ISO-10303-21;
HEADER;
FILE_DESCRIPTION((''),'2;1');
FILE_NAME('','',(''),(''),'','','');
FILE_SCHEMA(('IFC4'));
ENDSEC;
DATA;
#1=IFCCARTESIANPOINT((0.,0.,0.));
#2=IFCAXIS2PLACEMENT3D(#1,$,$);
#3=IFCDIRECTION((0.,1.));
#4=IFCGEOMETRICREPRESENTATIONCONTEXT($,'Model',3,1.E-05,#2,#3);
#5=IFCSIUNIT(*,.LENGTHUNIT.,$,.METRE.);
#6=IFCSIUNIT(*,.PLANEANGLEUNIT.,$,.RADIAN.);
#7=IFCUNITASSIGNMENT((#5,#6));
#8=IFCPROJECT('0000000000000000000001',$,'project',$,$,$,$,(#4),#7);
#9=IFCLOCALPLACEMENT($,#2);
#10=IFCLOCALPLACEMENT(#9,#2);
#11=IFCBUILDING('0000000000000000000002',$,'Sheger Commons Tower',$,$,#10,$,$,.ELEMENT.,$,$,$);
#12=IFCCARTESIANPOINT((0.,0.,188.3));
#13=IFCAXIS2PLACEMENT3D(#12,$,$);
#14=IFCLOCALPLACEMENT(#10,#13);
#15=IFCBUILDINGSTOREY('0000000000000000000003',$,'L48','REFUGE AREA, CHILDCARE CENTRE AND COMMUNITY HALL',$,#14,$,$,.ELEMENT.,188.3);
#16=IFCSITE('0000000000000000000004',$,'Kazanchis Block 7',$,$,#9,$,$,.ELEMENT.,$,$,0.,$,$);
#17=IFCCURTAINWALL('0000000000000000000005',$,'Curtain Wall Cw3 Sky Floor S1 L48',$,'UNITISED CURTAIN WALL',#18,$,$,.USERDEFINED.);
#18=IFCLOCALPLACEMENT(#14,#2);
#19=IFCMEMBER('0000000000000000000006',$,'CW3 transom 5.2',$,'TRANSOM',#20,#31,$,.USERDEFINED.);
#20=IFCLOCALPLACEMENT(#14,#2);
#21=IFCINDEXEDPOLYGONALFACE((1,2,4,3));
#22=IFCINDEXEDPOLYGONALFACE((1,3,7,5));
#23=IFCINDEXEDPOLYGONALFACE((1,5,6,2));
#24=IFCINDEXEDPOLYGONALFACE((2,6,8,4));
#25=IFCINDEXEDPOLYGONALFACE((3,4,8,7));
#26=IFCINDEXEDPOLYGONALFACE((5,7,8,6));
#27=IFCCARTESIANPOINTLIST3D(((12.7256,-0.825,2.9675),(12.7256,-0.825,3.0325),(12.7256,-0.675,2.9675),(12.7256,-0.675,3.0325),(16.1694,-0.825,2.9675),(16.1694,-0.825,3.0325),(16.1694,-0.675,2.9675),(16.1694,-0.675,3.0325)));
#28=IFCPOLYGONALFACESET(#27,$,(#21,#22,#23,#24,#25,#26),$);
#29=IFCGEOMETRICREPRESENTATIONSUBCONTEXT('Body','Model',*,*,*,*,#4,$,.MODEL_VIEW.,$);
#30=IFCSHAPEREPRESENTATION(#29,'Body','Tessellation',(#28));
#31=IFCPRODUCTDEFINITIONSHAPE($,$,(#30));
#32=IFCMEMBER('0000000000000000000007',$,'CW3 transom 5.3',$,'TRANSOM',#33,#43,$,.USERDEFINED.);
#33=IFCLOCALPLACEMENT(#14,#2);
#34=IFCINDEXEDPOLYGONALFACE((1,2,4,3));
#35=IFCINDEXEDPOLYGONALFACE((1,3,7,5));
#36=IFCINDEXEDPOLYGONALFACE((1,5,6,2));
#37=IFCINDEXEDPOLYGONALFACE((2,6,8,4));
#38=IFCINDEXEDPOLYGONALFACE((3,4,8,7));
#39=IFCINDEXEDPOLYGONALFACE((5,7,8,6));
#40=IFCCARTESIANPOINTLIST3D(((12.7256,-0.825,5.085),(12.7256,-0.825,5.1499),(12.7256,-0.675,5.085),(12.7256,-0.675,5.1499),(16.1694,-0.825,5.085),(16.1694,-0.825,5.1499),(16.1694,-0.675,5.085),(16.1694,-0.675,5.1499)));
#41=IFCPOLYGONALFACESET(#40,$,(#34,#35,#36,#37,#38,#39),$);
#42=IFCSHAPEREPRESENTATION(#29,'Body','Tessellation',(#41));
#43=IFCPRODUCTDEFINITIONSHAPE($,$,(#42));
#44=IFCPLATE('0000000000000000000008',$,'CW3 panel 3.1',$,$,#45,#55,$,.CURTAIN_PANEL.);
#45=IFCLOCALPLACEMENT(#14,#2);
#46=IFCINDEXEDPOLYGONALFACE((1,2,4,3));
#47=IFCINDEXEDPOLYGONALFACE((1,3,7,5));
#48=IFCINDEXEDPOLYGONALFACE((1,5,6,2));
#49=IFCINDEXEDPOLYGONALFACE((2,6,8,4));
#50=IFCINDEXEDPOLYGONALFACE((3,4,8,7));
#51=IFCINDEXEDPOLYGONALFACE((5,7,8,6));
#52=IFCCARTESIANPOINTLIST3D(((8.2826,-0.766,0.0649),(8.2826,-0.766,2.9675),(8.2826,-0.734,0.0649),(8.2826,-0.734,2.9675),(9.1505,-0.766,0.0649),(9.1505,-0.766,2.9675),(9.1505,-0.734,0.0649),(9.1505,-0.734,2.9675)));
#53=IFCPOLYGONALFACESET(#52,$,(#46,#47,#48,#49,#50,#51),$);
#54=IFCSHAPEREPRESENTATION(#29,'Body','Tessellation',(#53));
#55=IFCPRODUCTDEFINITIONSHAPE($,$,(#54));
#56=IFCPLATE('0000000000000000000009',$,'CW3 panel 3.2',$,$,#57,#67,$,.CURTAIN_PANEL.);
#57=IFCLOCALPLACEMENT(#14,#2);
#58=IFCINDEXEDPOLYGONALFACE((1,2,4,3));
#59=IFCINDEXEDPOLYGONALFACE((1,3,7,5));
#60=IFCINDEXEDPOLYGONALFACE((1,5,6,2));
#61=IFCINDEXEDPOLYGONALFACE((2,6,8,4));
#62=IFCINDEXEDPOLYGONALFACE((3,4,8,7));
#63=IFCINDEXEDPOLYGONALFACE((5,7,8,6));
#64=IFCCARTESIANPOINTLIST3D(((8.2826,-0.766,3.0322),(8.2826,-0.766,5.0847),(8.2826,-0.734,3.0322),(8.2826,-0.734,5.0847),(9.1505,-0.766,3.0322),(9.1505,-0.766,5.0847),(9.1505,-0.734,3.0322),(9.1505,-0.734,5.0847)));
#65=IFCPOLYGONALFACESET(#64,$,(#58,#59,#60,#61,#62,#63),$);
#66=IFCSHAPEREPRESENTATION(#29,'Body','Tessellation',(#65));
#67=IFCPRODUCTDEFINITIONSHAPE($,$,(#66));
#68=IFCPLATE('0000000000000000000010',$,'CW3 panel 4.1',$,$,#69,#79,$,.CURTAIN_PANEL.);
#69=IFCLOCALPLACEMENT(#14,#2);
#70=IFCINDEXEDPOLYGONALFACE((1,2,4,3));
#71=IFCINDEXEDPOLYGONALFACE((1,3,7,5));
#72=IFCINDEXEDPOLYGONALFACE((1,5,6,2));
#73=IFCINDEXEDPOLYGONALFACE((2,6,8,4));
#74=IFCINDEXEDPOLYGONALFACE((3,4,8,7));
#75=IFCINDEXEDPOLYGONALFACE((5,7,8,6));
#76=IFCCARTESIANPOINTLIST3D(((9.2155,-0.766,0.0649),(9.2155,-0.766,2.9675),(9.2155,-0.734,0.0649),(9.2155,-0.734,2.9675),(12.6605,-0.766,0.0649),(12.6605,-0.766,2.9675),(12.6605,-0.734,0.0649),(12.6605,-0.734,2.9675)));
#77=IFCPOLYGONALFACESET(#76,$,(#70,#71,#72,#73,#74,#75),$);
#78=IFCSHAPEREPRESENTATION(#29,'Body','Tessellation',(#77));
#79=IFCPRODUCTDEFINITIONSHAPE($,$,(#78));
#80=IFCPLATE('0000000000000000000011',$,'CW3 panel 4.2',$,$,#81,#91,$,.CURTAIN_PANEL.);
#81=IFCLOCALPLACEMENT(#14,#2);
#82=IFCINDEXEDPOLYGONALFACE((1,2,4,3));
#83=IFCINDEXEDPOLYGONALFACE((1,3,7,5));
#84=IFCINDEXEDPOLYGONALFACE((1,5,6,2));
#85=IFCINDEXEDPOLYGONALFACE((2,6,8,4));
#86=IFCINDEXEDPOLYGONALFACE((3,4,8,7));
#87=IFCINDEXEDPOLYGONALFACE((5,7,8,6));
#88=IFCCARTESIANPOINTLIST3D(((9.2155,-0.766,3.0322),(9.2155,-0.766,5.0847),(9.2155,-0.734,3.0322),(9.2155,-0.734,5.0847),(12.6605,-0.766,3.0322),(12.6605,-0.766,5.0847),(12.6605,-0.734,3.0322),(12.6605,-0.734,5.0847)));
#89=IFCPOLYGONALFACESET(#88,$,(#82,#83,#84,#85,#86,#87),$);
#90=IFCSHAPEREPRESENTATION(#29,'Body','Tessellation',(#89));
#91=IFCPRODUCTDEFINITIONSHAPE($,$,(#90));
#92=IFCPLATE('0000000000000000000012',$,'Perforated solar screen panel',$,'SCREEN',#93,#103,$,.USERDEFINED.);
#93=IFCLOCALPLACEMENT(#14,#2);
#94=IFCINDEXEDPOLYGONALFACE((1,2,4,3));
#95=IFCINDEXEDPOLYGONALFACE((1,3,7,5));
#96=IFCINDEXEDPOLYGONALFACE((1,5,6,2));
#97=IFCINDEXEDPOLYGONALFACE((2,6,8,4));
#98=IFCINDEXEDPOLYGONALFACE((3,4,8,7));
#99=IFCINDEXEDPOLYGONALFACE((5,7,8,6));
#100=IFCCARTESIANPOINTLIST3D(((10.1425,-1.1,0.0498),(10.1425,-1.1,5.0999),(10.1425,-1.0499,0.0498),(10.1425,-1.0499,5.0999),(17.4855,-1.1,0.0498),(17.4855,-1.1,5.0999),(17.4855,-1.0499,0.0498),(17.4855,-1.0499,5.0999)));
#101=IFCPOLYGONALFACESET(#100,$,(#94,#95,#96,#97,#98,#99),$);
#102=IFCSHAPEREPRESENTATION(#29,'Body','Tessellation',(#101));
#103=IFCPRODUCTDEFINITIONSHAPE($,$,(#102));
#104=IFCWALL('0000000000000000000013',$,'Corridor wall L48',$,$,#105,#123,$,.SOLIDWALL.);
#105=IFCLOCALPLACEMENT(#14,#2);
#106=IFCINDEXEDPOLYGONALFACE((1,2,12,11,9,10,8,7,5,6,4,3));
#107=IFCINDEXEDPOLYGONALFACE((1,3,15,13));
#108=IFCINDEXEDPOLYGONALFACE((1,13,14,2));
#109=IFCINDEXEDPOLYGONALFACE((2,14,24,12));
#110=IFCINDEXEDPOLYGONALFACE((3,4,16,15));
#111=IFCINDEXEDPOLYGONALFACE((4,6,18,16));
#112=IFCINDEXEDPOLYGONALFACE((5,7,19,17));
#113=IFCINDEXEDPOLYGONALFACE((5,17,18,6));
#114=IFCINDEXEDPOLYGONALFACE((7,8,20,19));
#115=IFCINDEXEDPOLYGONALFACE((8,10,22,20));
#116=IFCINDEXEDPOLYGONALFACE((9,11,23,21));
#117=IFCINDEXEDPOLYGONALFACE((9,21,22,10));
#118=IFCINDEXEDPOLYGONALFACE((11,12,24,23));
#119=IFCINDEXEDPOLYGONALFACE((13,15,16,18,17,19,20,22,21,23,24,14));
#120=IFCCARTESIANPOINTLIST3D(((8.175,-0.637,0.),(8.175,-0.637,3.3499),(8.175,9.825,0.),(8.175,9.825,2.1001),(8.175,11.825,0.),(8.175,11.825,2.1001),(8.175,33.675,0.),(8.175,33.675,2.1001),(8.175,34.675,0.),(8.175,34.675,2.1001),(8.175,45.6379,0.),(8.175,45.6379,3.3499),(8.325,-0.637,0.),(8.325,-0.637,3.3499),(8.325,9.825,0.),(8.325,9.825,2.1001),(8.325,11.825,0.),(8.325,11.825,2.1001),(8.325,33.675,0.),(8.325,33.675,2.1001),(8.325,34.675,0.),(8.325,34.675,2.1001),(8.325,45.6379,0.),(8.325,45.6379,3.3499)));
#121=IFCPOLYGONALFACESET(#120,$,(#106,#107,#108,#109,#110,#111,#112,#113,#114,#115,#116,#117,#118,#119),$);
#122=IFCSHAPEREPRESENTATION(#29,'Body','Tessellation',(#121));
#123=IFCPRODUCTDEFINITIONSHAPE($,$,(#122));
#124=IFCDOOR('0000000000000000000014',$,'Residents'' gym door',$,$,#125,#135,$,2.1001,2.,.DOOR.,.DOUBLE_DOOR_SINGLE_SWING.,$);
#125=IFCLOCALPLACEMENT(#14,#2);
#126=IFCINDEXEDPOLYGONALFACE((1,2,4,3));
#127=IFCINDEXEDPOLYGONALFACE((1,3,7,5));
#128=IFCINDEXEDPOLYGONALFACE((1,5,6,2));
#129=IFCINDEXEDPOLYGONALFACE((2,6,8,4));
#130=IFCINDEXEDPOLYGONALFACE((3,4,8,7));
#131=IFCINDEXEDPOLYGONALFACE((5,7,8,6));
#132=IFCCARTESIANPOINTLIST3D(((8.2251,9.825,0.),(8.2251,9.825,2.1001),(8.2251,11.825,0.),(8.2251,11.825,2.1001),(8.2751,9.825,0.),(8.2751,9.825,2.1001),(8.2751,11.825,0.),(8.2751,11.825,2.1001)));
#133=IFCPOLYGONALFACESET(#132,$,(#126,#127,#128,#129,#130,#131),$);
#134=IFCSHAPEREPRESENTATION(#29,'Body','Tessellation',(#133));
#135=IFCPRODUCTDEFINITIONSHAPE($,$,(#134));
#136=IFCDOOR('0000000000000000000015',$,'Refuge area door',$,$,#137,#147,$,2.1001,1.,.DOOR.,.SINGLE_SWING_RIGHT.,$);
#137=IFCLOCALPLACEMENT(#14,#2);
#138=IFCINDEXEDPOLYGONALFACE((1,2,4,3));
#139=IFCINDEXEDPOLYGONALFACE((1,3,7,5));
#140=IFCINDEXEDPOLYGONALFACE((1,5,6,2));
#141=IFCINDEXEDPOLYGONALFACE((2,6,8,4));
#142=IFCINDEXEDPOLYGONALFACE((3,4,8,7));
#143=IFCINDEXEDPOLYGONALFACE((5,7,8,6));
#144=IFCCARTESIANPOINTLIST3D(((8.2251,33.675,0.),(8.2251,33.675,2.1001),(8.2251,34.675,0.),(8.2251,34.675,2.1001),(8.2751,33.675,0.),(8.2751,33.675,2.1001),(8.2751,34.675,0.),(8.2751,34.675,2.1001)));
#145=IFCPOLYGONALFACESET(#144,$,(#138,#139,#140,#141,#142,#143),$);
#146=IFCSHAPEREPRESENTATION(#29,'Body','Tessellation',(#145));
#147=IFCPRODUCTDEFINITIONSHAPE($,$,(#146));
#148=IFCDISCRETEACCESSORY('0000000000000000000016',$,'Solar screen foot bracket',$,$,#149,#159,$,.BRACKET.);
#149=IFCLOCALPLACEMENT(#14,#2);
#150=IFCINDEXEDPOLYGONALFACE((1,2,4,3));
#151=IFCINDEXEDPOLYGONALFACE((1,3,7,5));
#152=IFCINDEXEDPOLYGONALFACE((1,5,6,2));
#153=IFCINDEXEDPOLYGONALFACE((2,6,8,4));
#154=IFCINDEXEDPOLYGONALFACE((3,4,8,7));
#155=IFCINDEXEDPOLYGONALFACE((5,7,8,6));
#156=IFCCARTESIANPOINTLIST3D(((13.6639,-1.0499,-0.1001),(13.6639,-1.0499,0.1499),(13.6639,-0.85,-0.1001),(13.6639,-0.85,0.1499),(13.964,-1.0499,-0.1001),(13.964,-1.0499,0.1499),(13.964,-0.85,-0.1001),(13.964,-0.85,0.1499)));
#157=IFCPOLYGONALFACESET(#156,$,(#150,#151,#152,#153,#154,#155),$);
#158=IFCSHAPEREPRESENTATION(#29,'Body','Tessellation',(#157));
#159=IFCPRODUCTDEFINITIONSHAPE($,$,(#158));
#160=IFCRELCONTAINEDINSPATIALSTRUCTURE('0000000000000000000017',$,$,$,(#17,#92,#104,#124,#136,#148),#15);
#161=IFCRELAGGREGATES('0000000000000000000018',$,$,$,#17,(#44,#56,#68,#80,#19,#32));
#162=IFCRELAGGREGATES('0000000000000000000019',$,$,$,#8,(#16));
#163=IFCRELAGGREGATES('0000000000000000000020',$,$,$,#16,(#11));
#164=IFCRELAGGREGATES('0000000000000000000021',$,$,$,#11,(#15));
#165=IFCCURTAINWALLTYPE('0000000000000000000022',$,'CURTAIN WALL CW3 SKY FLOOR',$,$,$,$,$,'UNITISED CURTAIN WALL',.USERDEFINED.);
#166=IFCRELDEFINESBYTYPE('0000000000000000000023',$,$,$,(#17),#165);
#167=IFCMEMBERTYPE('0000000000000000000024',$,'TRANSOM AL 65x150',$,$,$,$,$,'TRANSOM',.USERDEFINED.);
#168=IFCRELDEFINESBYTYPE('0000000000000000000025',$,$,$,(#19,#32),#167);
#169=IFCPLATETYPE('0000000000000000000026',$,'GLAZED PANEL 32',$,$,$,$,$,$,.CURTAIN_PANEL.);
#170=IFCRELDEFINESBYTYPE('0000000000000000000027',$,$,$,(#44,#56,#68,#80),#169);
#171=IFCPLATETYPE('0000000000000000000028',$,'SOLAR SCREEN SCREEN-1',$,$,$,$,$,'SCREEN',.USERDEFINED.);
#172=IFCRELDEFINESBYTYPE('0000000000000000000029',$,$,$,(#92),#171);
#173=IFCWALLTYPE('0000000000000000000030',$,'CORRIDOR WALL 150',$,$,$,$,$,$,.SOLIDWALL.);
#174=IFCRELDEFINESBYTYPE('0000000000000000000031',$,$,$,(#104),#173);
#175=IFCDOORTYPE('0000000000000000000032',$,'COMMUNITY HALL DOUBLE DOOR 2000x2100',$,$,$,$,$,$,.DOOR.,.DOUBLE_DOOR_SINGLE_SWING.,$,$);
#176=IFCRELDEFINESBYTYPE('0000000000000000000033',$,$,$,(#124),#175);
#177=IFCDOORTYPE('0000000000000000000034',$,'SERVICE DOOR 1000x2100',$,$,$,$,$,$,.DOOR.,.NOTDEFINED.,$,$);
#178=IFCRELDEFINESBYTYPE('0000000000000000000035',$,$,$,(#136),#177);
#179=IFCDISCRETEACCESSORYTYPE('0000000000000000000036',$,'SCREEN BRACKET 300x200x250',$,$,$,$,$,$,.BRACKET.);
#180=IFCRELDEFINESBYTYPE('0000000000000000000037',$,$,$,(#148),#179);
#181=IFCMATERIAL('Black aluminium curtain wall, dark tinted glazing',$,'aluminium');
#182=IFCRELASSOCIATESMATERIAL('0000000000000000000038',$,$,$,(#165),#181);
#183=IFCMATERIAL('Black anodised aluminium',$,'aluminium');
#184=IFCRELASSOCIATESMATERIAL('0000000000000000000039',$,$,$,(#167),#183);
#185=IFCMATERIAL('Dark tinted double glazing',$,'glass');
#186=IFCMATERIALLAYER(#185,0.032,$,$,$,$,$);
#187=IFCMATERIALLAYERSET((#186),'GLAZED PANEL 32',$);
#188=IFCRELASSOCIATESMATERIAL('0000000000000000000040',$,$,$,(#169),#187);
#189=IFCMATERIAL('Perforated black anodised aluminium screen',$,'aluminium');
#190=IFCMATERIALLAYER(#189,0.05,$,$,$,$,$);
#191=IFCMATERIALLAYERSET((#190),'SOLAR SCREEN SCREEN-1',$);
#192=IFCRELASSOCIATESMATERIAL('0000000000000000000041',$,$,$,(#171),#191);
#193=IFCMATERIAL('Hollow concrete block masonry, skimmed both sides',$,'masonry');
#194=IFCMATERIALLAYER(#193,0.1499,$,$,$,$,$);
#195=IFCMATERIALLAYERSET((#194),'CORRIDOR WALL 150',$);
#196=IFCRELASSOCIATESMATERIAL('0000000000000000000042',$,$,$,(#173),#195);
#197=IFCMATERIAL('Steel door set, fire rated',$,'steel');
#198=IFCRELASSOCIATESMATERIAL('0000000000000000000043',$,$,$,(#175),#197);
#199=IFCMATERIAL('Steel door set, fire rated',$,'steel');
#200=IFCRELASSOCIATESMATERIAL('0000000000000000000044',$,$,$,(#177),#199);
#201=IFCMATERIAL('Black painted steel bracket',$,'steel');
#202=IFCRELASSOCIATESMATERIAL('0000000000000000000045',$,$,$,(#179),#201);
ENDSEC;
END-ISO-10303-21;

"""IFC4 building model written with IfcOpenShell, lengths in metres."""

from ifc_helpers import new_model, si_unit, direction, frame, frame_2d, origin, origin_2d, place, context, subcontext, project, spatial, rectangle, extrude, material, layer, layer_set, material_profile, profile_set, type_object, element, fill, aggregate, save


model = new_model("IFC4")

# Units and contexts
model_context = context("Model", 3, precision=1e-05, world=origin(), true_north=direction((0.0, 1.0)))
body_context = subcontext(model_context, "Body", "Model", "MODEL_VIEW")
ifc_project = project(units=[si_unit("LENGTHUNIT", "METRE"), si_unit("PLANEANGLEUNIT", "RADIAN")], contexts=[model_context])

# Site, building, storey
site_placement = place(None, origin())
site = spatial("IfcSite", under=ifc_project, at=site_placement, Name="Kazanchis Block 7", CompositionType="ELEMENT", RefElevation=0.0)
building_placement = place(site_placement, origin())
building = spatial("IfcBuilding", under=site, at=building_placement, Name="Sheger Commons Tower", CompositionType="ELEMENT")
storey_placement = place(building_placement, frame((0.0, 0.0, 188.3)))
storey = spatial("IfcBuildingStorey", under=building, at=storey_placement, Name="L48", Description="REFUGE AREA, CHILDCARE CENTRE AND COMMUNITY HALL", CompositionType="ELEMENT", Elevation=188.3)

# Curtain wall
ifc_material_1 = material(Name="Black aluminium curtain wall, dark tinted glazing", Category="aluminium")
curtain_wall_type = type_object("IfcCurtainWallType", Name="CURTAIN WALL CW3 SKY FLOOR", ElementType="UNITISED CURTAIN WALL", PredefinedType="USERDEFINED", material=ifc_material_1)
curtain_wall_placement = place(storey_placement, origin())
curtain_wall = element("IfcCurtainWall", 1, at=curtain_wall_placement, inside=storey, type_object=curtain_wall_type, Name="Curtain Wall Cw3 Sky Floor S1 L48", ObjectType="UNITISED CURTAIN WALL", PredefinedType="USERDEFINED")

# Members
ifc_material_2 = material(Name="Black anodised aluminium", Category="aluminium")
ifc_material_profile_1 = material_profile(ifc_material_2, rectangle(XDim=0.1499, YDim=0.0649, at=origin_2d()), Name="AL 65x150")
ifc_profile_set_1 = profile_set([ifc_material_profile_1], Name="Black anodised aluminium")
member_type_1 = type_object("IfcMemberType", Name="TRANSOM AL 65x150", ElementType="TRANSOM", PredefinedType="USERDEFINED", material=ifc_profile_set_1)
member_1_placement = place(storey_placement, frame((12.7256, -0.75, 3.0), z_axis=(1.0, 0.0, 0.0), x_axis=(0.0, 1.0, 0.0)))
member_1 = element("IfcMember", 2, at=member_1_placement, type_object=member_type_1, Name="CW3 transom 5.2", ObjectType="TRANSOM", PredefinedType="USERDEFINED", context=body_context, shape_type="SweptSolid", body=[
    extrude(rectangle(XDim=0.1499, YDim=0.0649, at=origin_2d()), origin(), (0.0, 0.0, 1.0), 3.4438),
])
member_2_placement = place(storey_placement, frame((12.7256, -0.75, 5.1174), z_axis=(1.0, 0.0, 0.0), x_axis=(0.0, 1.0, 0.0)))
member_2 = element("IfcMember", 3, at=member_2_placement, type_object=member_type_1, Name="CW3 transom 5.3", ObjectType="TRANSOM", PredefinedType="USERDEFINED", context=body_context, shape_type="SweptSolid", body=[
    extrude(rectangle(XDim=0.1499, YDim=0.0649, at=origin_2d()), origin(), (0.0, 0.0, 1.0), 3.4438),
])

# Plates
ifc_material_3 = material(Name="Dark tinted double glazing", Category="glass")
ifc_layer_1 = layer(ifc_material_3, 0.032)
ifc_layer_set_1 = layer_set([ifc_layer_1], Name="GLAZED PANEL 32")
plate_type_1 = type_object("IfcPlateType", Name="GLAZED PANEL 32", PredefinedType="CURTAIN_PANEL", material=ifc_layer_set_1)
plate_1_placement = place(storey_placement, frame((8.7166, -0.75, 0.0649), z_axis=(0.0, 0.0, 1.0), x_axis=(1.0, 0.0, 0.0)))
plate_1 = element("IfcPlate", 4, at=plate_1_placement, type_object=plate_type_1, Name="CW3 panel 3.1", PredefinedType="CURTAIN_PANEL", context=body_context, shape_type="SweptSolid", body=[
    extrude(rectangle(XDim=0.8679, YDim=0.032, at=origin_2d()), origin(), (0.0, 0.0, 1.0), 2.9026),
])
plate_2_placement = place(storey_placement, frame((8.7166, -0.75, 3.0322), z_axis=(0.0, 0.0, 1.0), x_axis=(1.0, 0.0, 0.0)))
plate_2 = element("IfcPlate", 5, at=plate_2_placement, type_object=plate_type_1, Name="CW3 panel 3.2", PredefinedType="CURTAIN_PANEL", context=body_context, shape_type="SweptSolid", body=[
    extrude(rectangle(XDim=0.8679, YDim=0.032, at=origin_2d()), origin(), (0.0, 0.0, 1.0), 2.0525),
])
plate_3_placement = place(storey_placement, frame((10.938, -0.75, 0.0649), z_axis=(0.0, 0.0, 1.0), x_axis=(1.0, 0.0, 0.0)))
plate_3 = element("IfcPlate", 6, at=plate_3_placement, type_object=plate_type_1, Name="CW3 panel 4.1", PredefinedType="CURTAIN_PANEL", context=body_context, shape_type="SweptSolid", body=[
    extrude(rectangle(XDim=3.4451, YDim=0.032, at=origin_2d()), origin(), (0.0, 0.0, 1.0), 2.9026),
])
plate_4_placement = place(storey_placement, frame((10.938, -0.75, 3.0322), z_axis=(0.0, 0.0, 1.0), x_axis=(1.0, 0.0, 0.0)))
plate_4 = element("IfcPlate", 7, at=plate_4_placement, type_object=plate_type_1, Name="CW3 panel 4.2", PredefinedType="CURTAIN_PANEL", context=body_context, shape_type="SweptSolid", body=[
    extrude(rectangle(XDim=3.4451, YDim=0.032, at=origin_2d()), origin(), (0.0, 0.0, 1.0), 2.0525),
])
aggregate(curtain_wall, [plate_1, plate_2, plate_3, plate_4, member_1, member_2])
ifc_material_4 = material(Name="Perforated black anodised aluminium screen", Category="aluminium")
ifc_layer_2 = layer(ifc_material_4, 0.05)
ifc_layer_set_2 = layer_set([ifc_layer_2], Name="SOLAR SCREEN SCREEN-1")
plate_type_2 = type_object("IfcPlateType", Name="SOLAR SCREEN SCREEN-1", ElementType="SCREEN", PredefinedType="USERDEFINED", material=ifc_layer_set_2)
plate_5_placement = place(storey_placement, frame((13.814, -1.075, 0.0498), z_axis=(0.0, 0.0, 1.0), x_axis=(1.0, 0.0, 0.0)))
element("IfcPlate", 8, at=plate_5_placement, inside=storey, type_object=plate_type_2, Name="Perforated solar screen panel", ObjectType="SCREEN", PredefinedType="USERDEFINED", context=body_context, shape_type="SweptSolid", body=[
    extrude(rectangle(XDim=7.343, YDim=0.05, at=origin_2d()), origin(), (0.0, 0.0, 1.0), 5.05),
])

# Wall, openings, doors
ifc_material_5 = material(Name="Hollow concrete block masonry, skimmed both sides", Category="masonry")
ifc_layer_3 = layer(ifc_material_5, 0.1499)
ifc_layer_set_3 = layer_set([ifc_layer_3], Name="CORRIDOR WALL 150")
wall_type = type_object("IfcWallType", Name="CORRIDOR WALL 150", PredefinedType="SOLIDWALL", material=ifc_layer_set_3)
wall_placement = place(storey_placement, frame((8.25, -0.637, 0.0), z_axis=(0.0, 0.0, 1.0), x_axis=(0.0, 1.0, 0.0)))
wall = element("IfcWall", 9, at=wall_placement, inside=storey, type_object=wall_type, Name="Corridor wall L48", PredefinedType="SOLIDWALL", context=body_context, shape_type="SweptSolid", body=[
    extrude(rectangle(XDim=46.2749, YDim=0.1499, at=frame_2d((23.1375, 0.0))), origin(), (0.0, 0.0, 1.0), 3.3499),
])
opening_1_placement = place(wall_placement, frame((10.4619, 0.0, 0.0)))
opening_1 = element("IfcOpeningElement", 10, at=opening_1_placement, cuts=wall, PredefinedType="OPENING", context=body_context, shape_type="SweptSolid", body=[
    extrude(rectangle(XDim=2.0, YDim=2.1001, at=frame_2d((1.0, 1.05))), frame((0.0, 0.085, 0.0), z_axis=(0.0, -1.0, 0.0), x_axis=(1.0, 0.0, 0.0)), (0.0, 0.0, 1.0), 0.1699),
])
opening_2_placement = place(wall_placement, frame((34.312, 0.0, 0.0)))
opening_2 = element("IfcOpeningElement", 11, at=opening_2_placement, cuts=wall, PredefinedType="OPENING", context=body_context, shape_type="SweptSolid", body=[
    extrude(rectangle(XDim=1.0, YDim=2.1001, at=frame_2d((0.5, 1.05))), frame((0.0, 0.085, 0.0), z_axis=(0.0, -1.0, 0.0), x_axis=(1.0, 0.0, 0.0)), (0.0, 0.0, 1.0), 0.1699),
])
ifc_material_6 = material(Name="Steel door set, fire rated", Category="steel")
door_type_1 = type_object("IfcDoorType", Name="COMMUNITY HALL DOUBLE DOOR 2000x2100", OperationType="DOUBLE_DOOR_SINGLE_SWING", PredefinedType="DOOR", material=ifc_material_6)
door_1_placement = place(opening_1_placement, origin())
door_1 = element("IfcDoor", 12, at=door_1_placement, inside=storey, type_object=door_type_1, Name="Residents' gym door", OperationType="DOUBLE_DOOR_SINGLE_SWING", OverallHeight=2.1001, OverallWidth=2.0, PredefinedType="DOOR", context=body_context, shape_type="SweptSolid", body=[
    extrude(rectangle(XDim=2.0, YDim=2.1001, at=frame_2d((1.0, 1.05))), frame((0.0, 0.0249, 0.0), z_axis=(0.0, -1.0, 0.0), x_axis=(1.0, 0.0, 0.0)), (0.0, 0.0, 1.0), 0.05),
])
fill(opening_1, door_1)
ifc_material_7 = material(Name="Steel door set, fire rated", Category="steel")
door_type_2 = type_object("IfcDoorType", Name="SERVICE DOOR 1000x2100", OperationType="NOTDEFINED", PredefinedType="DOOR", material=ifc_material_7)
door_2_placement = place(opening_2_placement, origin())
door_2 = element("IfcDoor", 13, at=door_2_placement, inside=storey, type_object=door_type_2, Name="Refuge area door", OperationType="SINGLE_SWING_RIGHT", OverallHeight=2.1001, OverallWidth=1.0, PredefinedType="DOOR", context=body_context, shape_type="SweptSolid", body=[
    extrude(rectangle(XDim=1.0, YDim=2.1001, at=frame_2d((0.5, 1.05))), frame((0.0, 0.0249, 0.0), z_axis=(0.0, -1.0, 0.0), x_axis=(1.0, 0.0, 0.0)), (0.0, 0.0, 1.0), 0.05),
])
fill(opening_2, door_2)

# Discrete accessory
ifc_material_8 = material(Name="Black painted steel bracket", Category="steel")
discrete_accessory_type = type_object("IfcDiscreteAccessoryType", Name="SCREEN BRACKET 300x200x250", PredefinedType="BRACKET", material=ifc_material_8)
discrete_accessory_placement = place(storey_placement, frame((13.814, -0.95, -0.1001), z_axis=(0.0, 0.0, 1.0), x_axis=(1.0, 0.0, 0.0)))
element("IfcDiscreteAccessory", 14, at=discrete_accessory_placement, inside=storey, type_object=discrete_accessory_type, Name="Solar screen foot bracket", PredefinedType="BRACKET", context=body_context, shape_type="SweptSolid", body=[
    extrude(rectangle(XDim=0.3, YDim=0.2, at=origin_2d()), origin(), (0.0, 0.0, 1.0), 0.25),
])

save(model, "model.ifc")
